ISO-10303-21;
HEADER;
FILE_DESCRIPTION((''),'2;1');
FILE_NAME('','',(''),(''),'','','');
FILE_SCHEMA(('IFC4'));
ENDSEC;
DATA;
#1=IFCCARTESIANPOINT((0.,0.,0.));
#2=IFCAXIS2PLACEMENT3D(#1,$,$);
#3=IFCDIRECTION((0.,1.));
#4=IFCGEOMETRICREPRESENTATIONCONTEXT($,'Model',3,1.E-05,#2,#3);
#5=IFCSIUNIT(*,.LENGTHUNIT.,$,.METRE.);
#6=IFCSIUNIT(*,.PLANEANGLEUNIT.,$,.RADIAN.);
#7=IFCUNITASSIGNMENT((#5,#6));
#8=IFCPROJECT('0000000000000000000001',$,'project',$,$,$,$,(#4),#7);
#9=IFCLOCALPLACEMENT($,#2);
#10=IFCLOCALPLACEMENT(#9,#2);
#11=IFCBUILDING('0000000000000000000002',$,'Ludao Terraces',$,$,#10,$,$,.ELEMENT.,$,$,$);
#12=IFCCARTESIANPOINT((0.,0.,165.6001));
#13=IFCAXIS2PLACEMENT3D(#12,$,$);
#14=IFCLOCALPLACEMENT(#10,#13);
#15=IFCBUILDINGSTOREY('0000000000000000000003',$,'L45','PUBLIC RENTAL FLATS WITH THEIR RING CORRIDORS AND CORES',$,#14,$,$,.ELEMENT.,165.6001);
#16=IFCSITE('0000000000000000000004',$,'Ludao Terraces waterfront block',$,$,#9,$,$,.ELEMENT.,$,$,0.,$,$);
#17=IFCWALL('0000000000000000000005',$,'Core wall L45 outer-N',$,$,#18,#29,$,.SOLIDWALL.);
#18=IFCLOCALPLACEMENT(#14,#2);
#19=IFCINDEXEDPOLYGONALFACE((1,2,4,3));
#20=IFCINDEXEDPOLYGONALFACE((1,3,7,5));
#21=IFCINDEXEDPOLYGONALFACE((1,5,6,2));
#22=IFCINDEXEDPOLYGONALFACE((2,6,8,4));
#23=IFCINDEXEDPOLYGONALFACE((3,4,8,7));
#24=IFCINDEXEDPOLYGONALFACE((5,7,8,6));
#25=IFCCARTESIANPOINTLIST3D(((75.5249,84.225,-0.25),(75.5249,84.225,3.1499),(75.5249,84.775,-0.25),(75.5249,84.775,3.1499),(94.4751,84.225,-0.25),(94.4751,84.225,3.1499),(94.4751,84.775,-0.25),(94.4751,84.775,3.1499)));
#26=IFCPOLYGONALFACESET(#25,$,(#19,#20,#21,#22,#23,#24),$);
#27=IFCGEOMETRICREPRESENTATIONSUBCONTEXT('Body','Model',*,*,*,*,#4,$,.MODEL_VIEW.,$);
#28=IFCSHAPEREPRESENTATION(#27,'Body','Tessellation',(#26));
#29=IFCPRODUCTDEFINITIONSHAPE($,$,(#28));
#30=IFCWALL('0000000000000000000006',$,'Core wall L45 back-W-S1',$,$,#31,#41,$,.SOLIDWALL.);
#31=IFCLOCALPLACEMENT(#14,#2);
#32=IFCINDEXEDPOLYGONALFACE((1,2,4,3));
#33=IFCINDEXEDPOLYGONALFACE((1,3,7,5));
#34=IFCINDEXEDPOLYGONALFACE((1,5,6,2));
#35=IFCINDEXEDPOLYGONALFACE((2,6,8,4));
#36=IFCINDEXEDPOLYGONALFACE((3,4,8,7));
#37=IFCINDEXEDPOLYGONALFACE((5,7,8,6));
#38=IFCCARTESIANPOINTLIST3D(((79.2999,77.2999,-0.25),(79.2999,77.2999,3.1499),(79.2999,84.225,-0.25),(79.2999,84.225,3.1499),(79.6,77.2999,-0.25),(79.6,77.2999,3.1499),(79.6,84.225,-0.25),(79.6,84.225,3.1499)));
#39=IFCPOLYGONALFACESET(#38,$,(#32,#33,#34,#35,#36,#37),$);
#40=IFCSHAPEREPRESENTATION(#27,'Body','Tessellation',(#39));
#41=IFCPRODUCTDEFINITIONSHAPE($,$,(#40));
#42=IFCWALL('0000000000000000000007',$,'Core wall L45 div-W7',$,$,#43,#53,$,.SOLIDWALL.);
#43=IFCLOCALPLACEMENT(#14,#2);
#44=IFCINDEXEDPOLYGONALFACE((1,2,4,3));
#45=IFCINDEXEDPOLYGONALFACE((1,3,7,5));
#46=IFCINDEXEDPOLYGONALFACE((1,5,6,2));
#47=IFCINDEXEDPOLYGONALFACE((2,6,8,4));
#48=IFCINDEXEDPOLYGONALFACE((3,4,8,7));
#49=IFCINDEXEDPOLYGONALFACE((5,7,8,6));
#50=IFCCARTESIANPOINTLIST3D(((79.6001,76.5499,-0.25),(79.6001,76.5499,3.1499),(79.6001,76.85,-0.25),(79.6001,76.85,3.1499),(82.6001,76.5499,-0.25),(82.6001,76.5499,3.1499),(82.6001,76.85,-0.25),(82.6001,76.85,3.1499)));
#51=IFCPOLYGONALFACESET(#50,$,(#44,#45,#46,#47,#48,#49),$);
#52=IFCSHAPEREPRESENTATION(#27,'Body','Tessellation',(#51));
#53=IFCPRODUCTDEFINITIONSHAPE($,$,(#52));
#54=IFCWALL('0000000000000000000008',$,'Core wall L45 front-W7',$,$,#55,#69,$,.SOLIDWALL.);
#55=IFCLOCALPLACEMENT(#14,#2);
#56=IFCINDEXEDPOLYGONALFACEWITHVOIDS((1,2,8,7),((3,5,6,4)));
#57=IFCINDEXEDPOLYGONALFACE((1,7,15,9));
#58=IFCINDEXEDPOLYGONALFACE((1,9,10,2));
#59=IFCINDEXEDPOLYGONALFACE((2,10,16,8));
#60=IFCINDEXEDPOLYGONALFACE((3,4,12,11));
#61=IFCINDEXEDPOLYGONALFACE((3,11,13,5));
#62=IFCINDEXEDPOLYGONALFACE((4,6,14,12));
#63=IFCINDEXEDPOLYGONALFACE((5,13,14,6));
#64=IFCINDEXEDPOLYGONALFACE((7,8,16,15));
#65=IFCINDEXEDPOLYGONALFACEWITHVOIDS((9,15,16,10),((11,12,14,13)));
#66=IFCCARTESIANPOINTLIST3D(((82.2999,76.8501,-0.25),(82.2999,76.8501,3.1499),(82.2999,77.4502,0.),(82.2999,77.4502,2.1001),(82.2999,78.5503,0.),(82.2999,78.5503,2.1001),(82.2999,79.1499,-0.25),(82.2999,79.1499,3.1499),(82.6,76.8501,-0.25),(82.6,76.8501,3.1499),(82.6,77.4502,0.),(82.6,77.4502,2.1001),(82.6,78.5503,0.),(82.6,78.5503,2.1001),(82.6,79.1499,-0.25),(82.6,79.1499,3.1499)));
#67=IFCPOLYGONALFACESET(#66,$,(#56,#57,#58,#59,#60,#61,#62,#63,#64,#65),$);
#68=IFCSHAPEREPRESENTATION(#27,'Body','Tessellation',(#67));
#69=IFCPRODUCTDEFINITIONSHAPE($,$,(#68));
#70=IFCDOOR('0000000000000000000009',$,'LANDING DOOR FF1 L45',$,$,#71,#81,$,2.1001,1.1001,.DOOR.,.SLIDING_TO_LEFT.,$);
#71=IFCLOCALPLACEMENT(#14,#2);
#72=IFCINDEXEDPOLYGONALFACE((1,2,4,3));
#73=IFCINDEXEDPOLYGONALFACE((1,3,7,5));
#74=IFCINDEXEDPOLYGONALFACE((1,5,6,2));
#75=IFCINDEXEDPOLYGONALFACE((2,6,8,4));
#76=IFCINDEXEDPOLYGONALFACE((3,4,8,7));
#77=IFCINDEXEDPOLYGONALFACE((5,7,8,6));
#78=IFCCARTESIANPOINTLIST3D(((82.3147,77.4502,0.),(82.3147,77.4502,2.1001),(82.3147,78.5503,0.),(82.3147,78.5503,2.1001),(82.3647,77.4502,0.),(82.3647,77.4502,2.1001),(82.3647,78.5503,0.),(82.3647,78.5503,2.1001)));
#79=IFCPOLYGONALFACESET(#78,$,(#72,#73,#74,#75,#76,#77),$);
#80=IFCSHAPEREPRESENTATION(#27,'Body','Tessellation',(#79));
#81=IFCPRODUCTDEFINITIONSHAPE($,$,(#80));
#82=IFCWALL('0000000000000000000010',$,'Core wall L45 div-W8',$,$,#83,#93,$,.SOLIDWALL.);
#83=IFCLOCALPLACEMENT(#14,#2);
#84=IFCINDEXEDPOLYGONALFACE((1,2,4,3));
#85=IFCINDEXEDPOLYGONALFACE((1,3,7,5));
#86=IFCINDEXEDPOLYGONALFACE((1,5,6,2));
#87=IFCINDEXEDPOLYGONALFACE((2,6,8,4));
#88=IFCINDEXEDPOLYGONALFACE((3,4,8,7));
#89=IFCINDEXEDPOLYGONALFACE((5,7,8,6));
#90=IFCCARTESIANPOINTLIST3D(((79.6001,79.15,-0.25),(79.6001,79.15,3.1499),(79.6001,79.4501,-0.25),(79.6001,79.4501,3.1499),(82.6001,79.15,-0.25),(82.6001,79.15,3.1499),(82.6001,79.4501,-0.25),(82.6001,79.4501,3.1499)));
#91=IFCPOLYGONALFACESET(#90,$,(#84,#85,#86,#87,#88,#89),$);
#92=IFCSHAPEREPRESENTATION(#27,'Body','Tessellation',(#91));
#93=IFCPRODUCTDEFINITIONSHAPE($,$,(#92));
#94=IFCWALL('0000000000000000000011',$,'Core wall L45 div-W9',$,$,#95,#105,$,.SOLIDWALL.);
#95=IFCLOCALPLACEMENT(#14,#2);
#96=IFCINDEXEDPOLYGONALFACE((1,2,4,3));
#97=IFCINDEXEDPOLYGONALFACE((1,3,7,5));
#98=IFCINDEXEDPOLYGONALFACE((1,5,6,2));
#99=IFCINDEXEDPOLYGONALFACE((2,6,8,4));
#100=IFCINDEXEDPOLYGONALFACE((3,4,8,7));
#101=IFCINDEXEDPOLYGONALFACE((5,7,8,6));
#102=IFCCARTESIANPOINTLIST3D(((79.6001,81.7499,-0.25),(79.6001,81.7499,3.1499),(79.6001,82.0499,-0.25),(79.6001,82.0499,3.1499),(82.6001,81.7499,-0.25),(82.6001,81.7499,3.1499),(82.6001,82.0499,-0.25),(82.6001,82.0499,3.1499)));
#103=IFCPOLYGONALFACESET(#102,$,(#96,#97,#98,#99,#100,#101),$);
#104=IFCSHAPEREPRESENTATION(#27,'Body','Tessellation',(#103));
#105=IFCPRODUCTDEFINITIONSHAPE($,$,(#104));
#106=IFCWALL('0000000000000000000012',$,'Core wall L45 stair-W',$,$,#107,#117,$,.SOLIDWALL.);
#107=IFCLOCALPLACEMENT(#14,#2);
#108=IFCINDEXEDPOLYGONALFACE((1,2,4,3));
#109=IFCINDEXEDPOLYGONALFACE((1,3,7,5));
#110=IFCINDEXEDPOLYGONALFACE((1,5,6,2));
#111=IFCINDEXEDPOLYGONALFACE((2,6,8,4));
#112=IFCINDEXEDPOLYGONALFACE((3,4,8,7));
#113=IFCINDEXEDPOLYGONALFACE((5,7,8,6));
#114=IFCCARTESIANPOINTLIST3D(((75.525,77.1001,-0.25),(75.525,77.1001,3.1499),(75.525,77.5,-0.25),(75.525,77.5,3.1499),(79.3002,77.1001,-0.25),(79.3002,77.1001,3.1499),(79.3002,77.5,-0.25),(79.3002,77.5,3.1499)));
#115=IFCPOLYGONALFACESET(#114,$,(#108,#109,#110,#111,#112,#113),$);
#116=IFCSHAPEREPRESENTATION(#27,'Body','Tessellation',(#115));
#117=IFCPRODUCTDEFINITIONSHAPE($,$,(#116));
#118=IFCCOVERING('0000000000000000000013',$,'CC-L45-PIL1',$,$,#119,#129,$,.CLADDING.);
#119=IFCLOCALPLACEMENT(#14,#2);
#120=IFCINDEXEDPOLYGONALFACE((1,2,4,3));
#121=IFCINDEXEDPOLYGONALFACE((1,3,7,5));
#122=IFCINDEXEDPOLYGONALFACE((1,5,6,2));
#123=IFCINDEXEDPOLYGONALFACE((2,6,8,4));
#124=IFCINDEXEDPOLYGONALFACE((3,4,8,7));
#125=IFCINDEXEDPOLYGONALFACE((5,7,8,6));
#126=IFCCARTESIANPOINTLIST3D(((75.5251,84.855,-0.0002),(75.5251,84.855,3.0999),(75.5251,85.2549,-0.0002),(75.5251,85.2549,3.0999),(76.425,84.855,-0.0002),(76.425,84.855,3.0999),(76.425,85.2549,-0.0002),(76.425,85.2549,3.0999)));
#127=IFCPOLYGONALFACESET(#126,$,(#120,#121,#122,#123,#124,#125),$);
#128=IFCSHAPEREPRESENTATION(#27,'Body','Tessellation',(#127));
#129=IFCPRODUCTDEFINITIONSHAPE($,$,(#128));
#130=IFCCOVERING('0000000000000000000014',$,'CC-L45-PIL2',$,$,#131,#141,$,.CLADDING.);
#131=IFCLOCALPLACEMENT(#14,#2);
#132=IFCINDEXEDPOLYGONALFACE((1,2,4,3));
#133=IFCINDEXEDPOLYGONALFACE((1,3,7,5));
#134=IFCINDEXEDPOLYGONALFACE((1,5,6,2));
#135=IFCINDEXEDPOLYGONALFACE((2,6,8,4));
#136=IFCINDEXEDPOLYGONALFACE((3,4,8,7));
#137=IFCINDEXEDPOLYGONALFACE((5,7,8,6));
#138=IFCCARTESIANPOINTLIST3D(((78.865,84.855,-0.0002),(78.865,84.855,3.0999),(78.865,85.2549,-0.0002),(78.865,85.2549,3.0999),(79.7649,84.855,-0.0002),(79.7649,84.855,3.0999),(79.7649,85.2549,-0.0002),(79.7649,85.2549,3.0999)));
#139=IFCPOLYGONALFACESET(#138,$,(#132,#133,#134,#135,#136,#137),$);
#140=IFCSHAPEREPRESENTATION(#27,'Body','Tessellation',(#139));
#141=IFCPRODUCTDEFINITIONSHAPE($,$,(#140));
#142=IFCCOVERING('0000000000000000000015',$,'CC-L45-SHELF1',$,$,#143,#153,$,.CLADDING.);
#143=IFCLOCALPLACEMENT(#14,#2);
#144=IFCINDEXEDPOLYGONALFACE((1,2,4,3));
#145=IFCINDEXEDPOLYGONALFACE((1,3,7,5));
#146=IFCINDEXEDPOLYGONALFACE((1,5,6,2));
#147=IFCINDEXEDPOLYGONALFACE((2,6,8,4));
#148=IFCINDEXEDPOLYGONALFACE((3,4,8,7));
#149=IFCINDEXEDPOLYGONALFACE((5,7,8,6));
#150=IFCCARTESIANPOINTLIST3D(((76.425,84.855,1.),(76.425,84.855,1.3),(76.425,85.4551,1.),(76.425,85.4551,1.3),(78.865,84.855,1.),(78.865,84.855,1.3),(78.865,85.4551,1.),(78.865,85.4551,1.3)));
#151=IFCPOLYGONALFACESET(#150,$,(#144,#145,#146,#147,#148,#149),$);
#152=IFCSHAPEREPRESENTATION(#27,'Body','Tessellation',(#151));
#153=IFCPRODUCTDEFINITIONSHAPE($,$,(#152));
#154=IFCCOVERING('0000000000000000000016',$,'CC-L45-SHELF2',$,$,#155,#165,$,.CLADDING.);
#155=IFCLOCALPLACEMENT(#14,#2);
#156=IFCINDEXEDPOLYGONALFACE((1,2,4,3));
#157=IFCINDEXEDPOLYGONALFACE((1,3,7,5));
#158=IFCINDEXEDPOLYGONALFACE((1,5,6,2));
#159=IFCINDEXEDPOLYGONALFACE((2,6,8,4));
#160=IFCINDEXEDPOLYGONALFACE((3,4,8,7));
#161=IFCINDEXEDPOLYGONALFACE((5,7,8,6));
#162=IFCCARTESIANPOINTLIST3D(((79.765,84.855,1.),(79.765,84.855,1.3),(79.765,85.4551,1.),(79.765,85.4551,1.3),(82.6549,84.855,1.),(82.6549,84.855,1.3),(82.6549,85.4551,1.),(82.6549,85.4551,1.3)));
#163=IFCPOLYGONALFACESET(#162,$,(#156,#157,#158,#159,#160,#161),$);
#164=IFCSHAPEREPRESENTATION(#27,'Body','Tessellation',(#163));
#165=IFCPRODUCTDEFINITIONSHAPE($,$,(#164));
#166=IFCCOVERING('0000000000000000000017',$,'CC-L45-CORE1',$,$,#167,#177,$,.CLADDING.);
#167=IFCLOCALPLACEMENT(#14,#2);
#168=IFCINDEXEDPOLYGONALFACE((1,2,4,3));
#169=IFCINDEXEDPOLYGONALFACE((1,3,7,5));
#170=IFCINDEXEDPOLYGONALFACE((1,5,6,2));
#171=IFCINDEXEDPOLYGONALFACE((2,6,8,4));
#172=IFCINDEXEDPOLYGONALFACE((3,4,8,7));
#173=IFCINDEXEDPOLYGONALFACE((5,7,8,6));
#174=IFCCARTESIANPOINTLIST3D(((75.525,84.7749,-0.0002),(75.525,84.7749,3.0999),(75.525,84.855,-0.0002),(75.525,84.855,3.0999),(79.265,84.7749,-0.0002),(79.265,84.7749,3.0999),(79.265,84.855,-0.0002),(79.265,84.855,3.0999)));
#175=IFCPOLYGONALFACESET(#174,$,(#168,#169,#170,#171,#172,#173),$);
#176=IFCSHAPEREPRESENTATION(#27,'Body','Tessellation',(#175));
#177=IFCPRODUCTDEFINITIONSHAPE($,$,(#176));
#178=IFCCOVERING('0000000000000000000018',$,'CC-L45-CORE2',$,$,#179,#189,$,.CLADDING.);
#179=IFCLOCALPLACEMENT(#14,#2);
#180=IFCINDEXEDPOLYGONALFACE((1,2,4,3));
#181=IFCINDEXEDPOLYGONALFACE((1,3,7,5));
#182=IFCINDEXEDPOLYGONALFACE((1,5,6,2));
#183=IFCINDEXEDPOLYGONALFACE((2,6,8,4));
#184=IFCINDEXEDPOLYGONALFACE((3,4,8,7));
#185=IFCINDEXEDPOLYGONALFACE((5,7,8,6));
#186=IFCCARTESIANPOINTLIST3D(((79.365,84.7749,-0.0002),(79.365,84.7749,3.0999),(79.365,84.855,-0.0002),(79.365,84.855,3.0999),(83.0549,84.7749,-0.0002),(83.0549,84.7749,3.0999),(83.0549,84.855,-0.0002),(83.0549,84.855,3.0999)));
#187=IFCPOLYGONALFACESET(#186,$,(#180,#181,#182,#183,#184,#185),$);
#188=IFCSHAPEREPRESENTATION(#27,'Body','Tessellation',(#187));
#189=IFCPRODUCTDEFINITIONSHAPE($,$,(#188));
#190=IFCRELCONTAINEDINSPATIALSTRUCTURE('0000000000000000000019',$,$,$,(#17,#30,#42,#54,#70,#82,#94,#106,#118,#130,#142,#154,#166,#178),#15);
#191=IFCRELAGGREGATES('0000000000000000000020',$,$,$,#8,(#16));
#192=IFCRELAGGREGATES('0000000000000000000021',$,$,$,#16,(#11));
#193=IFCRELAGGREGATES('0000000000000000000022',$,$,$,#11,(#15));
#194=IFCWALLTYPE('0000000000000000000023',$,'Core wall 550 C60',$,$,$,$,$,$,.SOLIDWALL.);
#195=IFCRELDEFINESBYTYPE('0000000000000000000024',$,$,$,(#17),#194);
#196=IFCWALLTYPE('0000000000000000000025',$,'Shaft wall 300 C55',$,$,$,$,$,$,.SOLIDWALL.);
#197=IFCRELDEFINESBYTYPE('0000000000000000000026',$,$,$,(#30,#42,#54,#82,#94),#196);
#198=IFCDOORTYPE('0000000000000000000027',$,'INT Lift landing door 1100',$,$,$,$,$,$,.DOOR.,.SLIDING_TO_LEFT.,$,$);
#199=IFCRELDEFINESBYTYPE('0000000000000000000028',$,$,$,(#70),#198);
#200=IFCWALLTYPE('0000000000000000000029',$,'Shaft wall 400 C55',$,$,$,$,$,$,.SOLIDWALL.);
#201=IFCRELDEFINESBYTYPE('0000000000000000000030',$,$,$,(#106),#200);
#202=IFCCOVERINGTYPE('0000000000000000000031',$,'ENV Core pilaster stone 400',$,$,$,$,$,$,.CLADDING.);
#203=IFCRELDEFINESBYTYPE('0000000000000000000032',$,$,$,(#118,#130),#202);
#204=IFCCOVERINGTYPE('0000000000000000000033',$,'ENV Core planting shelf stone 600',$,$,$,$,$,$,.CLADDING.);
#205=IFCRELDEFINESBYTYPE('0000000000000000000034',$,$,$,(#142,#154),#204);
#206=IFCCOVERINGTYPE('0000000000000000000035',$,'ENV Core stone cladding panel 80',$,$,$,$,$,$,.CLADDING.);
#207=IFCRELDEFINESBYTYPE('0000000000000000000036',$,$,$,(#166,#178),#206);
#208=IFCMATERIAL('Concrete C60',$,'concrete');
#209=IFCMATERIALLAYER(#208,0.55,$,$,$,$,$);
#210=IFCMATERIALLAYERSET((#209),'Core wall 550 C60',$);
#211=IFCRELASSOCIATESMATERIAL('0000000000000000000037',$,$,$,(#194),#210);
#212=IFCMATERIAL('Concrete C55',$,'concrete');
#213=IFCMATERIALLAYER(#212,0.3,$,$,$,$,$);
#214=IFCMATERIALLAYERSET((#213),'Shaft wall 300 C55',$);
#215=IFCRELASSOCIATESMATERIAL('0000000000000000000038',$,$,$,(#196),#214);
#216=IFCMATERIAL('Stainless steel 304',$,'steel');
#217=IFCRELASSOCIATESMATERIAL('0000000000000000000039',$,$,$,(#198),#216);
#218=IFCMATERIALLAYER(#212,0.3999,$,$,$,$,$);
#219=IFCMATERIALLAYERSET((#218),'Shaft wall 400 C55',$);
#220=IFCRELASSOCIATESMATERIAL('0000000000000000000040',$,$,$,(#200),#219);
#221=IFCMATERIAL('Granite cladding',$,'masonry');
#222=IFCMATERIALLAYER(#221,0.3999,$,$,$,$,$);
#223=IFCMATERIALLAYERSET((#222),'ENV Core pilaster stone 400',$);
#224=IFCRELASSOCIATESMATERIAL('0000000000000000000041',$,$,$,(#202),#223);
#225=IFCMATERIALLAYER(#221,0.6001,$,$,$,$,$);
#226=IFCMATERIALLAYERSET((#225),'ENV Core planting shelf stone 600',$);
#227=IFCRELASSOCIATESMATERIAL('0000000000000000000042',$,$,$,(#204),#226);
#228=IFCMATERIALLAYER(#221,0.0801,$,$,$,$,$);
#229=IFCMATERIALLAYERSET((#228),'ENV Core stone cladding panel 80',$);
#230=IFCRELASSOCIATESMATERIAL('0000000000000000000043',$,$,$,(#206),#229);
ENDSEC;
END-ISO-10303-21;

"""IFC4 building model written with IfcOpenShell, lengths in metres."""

from ifc_helpers import new_model, si_unit, direction, frame, frame_2d, origin, origin_2d, place, context, subcontext, project, spatial, rectangle, extrude, material, layer, layer_set, type_object, element, fill, save


model = new_model("IFC4")

# Units and contexts
model_context = context("Model", 3, precision=1e-05, world=origin(), true_north=direction((0.0, 1.0)))
body_context = subcontext(model_context, "Body", "Model", "MODEL_VIEW")
ifc_project = project(units=[si_unit("LENGTHUNIT", "METRE"), si_unit("PLANEANGLEUNIT", "RADIAN")], contexts=[model_context])

# Site, building, storey
site_placement = place(None, origin())
site = spatial("IfcSite", under=ifc_project, at=site_placement, Name="Ludao Terraces waterfront block", CompositionType="ELEMENT", RefElevation=0.0)
building_placement = place(site_placement, origin())
building = spatial("IfcBuilding", under=site, at=building_placement, Name="Ludao Terraces", CompositionType="ELEMENT")
storey_placement = place(building_placement, frame((0.0, 0.0, 165.6001)))
storey = spatial("IfcBuildingStorey", under=building, at=storey_placement, Name="L45", Description="PUBLIC RENTAL FLATS WITH THEIR RING CORRIDORS AND CORES", CompositionType="ELEMENT", Elevation=165.6001)

# Walls
ifc_material_1 = material(Name="Concrete C60", Category="concrete")
ifc_layer_1 = layer(ifc_material_1, 0.55)
ifc_layer_set_1 = layer_set([ifc_layer_1], Name="Core wall 550 C60")
wall_type_1 = type_object("IfcWallType", Name="Core wall 550 C60", PredefinedType="SOLIDWALL", material=ifc_layer_set_1)
wall_1_placement = place(storey_placement, frame((75.5249, 84.5, -0.25), z_axis=(0.0, 0.0, 1.0), x_axis=(1.0, 0.0, 0.0)))
element("IfcWall", 1, at=wall_1_placement, inside=storey, type_object=wall_type_1, Name="Core wall L45 outer-N", PredefinedType="SOLIDWALL", context=body_context, shape_type="SweptSolid", body=[
    extrude(rectangle(XDim=18.9502, YDim=0.55, at=frame_2d((9.4751, 0.0))), origin(), (0.0, 0.0, 1.0), 3.3999),
])
ifc_material_2 = material(Name="Concrete C55", Category="concrete")
ifc_layer_2 = layer(ifc_material_2, 0.3)
ifc_layer_set_2 = layer_set([ifc_layer_2], Name="Shaft wall 300 C55")
wall_type_2 = type_object("IfcWallType", Name="Shaft wall 300 C55", PredefinedType="SOLIDWALL", material=ifc_layer_set_2)
wall_2_placement = place(storey_placement, frame((79.45, 77.3, -0.25), z_axis=(0.0, 0.0, 1.0), x_axis=(0.0, 1.0, 0.0)))
element("IfcWall", 2, at=wall_2_placement, inside=storey, type_object=wall_type_2, Name="Core wall L45 back-W-S1", PredefinedType="SOLIDWALL", context=body_context, shape_type="SweptSolid", body=[
    extrude(rectangle(XDim=6.925, YDim=0.3, at=frame_2d((3.4624, 0.0))), origin(), (0.0, 0.0, 1.0), 3.3999),
])
wall_3_placement = place(storey_placement, frame((79.6001, 76.7, -0.25), z_axis=(0.0, 0.0, 1.0), x_axis=(1.0, 0.0, 0.0)))
element("IfcWall", 3, at=wall_3_placement, inside=storey, type_object=wall_type_2, Name="Core wall L45 div-W7", PredefinedType="SOLIDWALL", context=body_context, shape_type="SweptSolid", body=[
    extrude(rectangle(XDim=3.0, YDim=0.3, at=frame_2d((1.5, 0.0))), origin(), (0.0, 0.0, 1.0), 3.3999),
])

# Wall, opening, door
wall_4_placement = place(storey_placement, frame((82.45, 76.8501, -0.25), z_axis=(0.0, 0.0, 1.0), x_axis=(0.0, 1.0, 0.0)))
wall_4 = element("IfcWall", 4, at=wall_4_placement, inside=storey, type_object=wall_type_2, Name="Core wall L45 front-W7", PredefinedType="SOLIDWALL", context=body_context, shape_type="SweptSolid", body=[
    extrude(rectangle(XDim=2.2998, YDim=0.3, at=frame_2d((1.1499, 0.0))), origin(), (0.0, 0.0, 1.0), 3.3999),
])
opening_placement = place(wall_4_placement, frame((0.6001, 0.0, 0.25)))
opening = element("IfcOpeningElement", 5, at=opening_placement, cuts=wall_4, PredefinedType="OPENING", context=body_context, shape_type="SweptSolid", body=[
    extrude(rectangle(XDim=1.1001, YDim=2.1001, at=frame_2d((0.55, 1.05))), frame((0.0, 0.1602, 0.0), z_axis=(0.0, -1.0, 0.0), x_axis=(1.0, 0.0, 0.0)), (0.0, 0.0, 1.0), 0.3201),
])
ifc_material_3 = material(Name="Stainless steel 304", Category="steel")
door_type = type_object("IfcDoorType", Name="INT Lift landing door 1100", OperationType="SLIDING_TO_LEFT", PredefinedType="DOOR", material=ifc_material_3)
door_placement = place(opening_placement, origin())
door = element("IfcDoor", 6, at=door_placement, inside=storey, type_object=door_type, Name="LANDING DOOR FF1 L45", OperationType="SLIDING_TO_LEFT", OverallHeight=2.1001, OverallWidth=1.1001, PredefinedType="DOOR", context=body_context, shape_type="SweptSolid", body=[
    extrude(rectangle(XDim=1.1001, YDim=2.1001, at=frame_2d((0.55, 1.05))), frame((0.0, 0.1353, 0.0), z_axis=(0.0, -1.0, 0.0), x_axis=(1.0, 0.0, 0.0)), (0.0, 0.0, 1.0), 0.05),
])
fill(opening, door)

# Walls
for number, where, z_axis, x_axis, name in (
    (7, (79.6001, 79.3, -0.25), (0.0, 0.0, 1.0), (1.0, 0.0, 0.0), "Core wall L45 div-W8"),
    (8, (79.6001, 81.8999, -0.25), (0.0, 0.0, 1.0), (1.0, 0.0, 0.0), "Core wall L45 div-W9"),
):
    element("IfcWall", number, at=place(storey_placement, frame(where, z_axis=z_axis, x_axis=x_axis)), inside=storey, type_object=wall_type_2, Name=name, PredefinedType="SOLIDWALL", context=body_context, shape_type="SweptSolid", body=[
        extrude(rectangle(XDim=3.0, YDim=0.3, at=frame_2d((1.5, 0.0))), origin(), (0.0, 0.0, 1.0), 3.3999),
    ])
ifc_layer_3 = layer(ifc_material_2, 0.3999)
ifc_layer_set_3 = layer_set([ifc_layer_3], Name="Shaft wall 400 C55")
wall_type_3 = type_object("IfcWallType", Name="Shaft wall 400 C55", PredefinedType="SOLIDWALL", material=ifc_layer_set_3)
wall_5_placement = place(storey_placement, frame((75.5249, 77.3, -0.25), z_axis=(0.0, 0.0, 1.0), x_axis=(1.0, 0.0, 0.0)))
element("IfcWall", 9, at=wall_5_placement, inside=storey, type_object=wall_type_3, Name="Core wall L45 stair-W", PredefinedType="SOLIDWALL", context=body_context, shape_type="SweptSolid", body=[
    extrude(rectangle(XDim=3.7751, YDim=0.3999, at=frame_2d((1.8877, 0.0))), origin(), (0.0, 0.0, 1.0), 3.3999),
])

# Coverings
ifc_material_4 = material(Name="Granite cladding", Category="masonry")
ifc_layer_4 = layer(ifc_material_4, 0.3999)
ifc_layer_set_4 = layer_set([ifc_layer_4], Name="ENV Core pilaster stone 400")
covering_type_1 = type_object("IfcCoveringType", Name="ENV Core pilaster stone 400", PredefinedType="CLADDING", material=ifc_layer_set_4)
for number, where, z_axis, x_axis, name in (
    (10, (75.9751, 85.0549, -0.0002), (0.0, 0.0, 1.0), (1.0, 0.0, 0.0), "CC-L45-PIL1"),
    (11, (79.3149, 85.0549, -0.0002), (0.0, 0.0, 1.0), (1.0, 0.0, 0.0), "CC-L45-PIL2"),
):
    element("IfcCovering", number, at=place(storey_placement, frame(where, z_axis=z_axis, x_axis=x_axis)), inside=storey, type_object=covering_type_1, Name=name, PredefinedType="CLADDING", context=body_context, shape_type="SweptSolid", body=[
        extrude(rectangle(XDim=0.8999, YDim=0.3999, at=origin_2d()), origin(), (0.0, 0.0, 1.0), 3.1001),
    ])
ifc_layer_5 = layer(ifc_material_4, 0.6001)
ifc_layer_set_5 = layer_set([ifc_layer_5], Name="ENV Core planting shelf stone 600")
covering_type_2 = type_object("IfcCoveringType", Name="ENV Core planting shelf stone 600", PredefinedType="CLADDING", material=ifc_layer_set_5)
covering_1_placement = place(storey_placement, frame((77.645, 85.155, 1.0), z_axis=(0.0, 0.0, 1.0), x_axis=(1.0, 0.0, 0.0)))
element("IfcCovering", 12, at=covering_1_placement, inside=storey, type_object=covering_type_2, Name="CC-L45-SHELF1", PredefinedType="CLADDING", context=body_context, shape_type="SweptSolid", body=[
    extrude(rectangle(XDim=2.4399, YDim=0.6001, at=origin_2d()), origin(), (0.0, 0.0, 1.0), 0.3),
])
covering_2_placement = place(storey_placement, frame((81.21, 85.155, 1.0), z_axis=(0.0, 0.0, 1.0), x_axis=(1.0, 0.0, 0.0)))
element("IfcCovering", 13, at=covering_2_placement, inside=storey, type_object=covering_type_2, Name="CC-L45-SHELF2", PredefinedType="CLADDING", context=body_context, shape_type="SweptSolid", body=[
    extrude(rectangle(XDim=2.8899, YDim=0.6001, at=origin_2d()), origin(), (0.0, 0.0, 1.0), 0.3),
])
ifc_layer_6 = layer(ifc_material_4, 0.0801)
ifc_layer_set_6 = layer_set([ifc_layer_6], Name="ENV Core stone cladding panel 80")
covering_type_3 = type_object("IfcCoveringType", Name="ENV Core stone cladding panel 80", PredefinedType="CLADDING", material=ifc_layer_set_6)
covering_3_placement = place(storey_placement, frame((77.395, 84.8149, -0.0002), z_axis=(0.0, 0.0, 1.0), x_axis=(1.0, 0.0, 0.0)))
element("IfcCovering", 14, at=covering_3_placement, inside=storey, type_object=covering_type_3, Name="CC-L45-CORE1", PredefinedType="CLADDING", context=body_context, shape_type="SweptSolid", body=[
    extrude(rectangle(XDim=3.74, YDim=0.0801, at=origin_2d()), origin(), (0.0, 0.0, 1.0), 3.1001),
])
covering_4_placement = place(storey_placement, frame((81.21, 84.8149, -0.0002), z_axis=(0.0, 0.0, 1.0), x_axis=(1.0, 0.0, 0.0)))
element("IfcCovering", 15, at=covering_4_placement, inside=storey, type_object=covering_type_3, Name="CC-L45-CORE2", PredefinedType="CLADDING", context=body_context, shape_type="SweptSolid", body=[
    extrude(rectangle(XDim=3.6899, YDim=0.0801, at=origin_2d()), origin(), (0.0, 0.0, 1.0), 3.1001),
])

save(model, "model.ifc")
